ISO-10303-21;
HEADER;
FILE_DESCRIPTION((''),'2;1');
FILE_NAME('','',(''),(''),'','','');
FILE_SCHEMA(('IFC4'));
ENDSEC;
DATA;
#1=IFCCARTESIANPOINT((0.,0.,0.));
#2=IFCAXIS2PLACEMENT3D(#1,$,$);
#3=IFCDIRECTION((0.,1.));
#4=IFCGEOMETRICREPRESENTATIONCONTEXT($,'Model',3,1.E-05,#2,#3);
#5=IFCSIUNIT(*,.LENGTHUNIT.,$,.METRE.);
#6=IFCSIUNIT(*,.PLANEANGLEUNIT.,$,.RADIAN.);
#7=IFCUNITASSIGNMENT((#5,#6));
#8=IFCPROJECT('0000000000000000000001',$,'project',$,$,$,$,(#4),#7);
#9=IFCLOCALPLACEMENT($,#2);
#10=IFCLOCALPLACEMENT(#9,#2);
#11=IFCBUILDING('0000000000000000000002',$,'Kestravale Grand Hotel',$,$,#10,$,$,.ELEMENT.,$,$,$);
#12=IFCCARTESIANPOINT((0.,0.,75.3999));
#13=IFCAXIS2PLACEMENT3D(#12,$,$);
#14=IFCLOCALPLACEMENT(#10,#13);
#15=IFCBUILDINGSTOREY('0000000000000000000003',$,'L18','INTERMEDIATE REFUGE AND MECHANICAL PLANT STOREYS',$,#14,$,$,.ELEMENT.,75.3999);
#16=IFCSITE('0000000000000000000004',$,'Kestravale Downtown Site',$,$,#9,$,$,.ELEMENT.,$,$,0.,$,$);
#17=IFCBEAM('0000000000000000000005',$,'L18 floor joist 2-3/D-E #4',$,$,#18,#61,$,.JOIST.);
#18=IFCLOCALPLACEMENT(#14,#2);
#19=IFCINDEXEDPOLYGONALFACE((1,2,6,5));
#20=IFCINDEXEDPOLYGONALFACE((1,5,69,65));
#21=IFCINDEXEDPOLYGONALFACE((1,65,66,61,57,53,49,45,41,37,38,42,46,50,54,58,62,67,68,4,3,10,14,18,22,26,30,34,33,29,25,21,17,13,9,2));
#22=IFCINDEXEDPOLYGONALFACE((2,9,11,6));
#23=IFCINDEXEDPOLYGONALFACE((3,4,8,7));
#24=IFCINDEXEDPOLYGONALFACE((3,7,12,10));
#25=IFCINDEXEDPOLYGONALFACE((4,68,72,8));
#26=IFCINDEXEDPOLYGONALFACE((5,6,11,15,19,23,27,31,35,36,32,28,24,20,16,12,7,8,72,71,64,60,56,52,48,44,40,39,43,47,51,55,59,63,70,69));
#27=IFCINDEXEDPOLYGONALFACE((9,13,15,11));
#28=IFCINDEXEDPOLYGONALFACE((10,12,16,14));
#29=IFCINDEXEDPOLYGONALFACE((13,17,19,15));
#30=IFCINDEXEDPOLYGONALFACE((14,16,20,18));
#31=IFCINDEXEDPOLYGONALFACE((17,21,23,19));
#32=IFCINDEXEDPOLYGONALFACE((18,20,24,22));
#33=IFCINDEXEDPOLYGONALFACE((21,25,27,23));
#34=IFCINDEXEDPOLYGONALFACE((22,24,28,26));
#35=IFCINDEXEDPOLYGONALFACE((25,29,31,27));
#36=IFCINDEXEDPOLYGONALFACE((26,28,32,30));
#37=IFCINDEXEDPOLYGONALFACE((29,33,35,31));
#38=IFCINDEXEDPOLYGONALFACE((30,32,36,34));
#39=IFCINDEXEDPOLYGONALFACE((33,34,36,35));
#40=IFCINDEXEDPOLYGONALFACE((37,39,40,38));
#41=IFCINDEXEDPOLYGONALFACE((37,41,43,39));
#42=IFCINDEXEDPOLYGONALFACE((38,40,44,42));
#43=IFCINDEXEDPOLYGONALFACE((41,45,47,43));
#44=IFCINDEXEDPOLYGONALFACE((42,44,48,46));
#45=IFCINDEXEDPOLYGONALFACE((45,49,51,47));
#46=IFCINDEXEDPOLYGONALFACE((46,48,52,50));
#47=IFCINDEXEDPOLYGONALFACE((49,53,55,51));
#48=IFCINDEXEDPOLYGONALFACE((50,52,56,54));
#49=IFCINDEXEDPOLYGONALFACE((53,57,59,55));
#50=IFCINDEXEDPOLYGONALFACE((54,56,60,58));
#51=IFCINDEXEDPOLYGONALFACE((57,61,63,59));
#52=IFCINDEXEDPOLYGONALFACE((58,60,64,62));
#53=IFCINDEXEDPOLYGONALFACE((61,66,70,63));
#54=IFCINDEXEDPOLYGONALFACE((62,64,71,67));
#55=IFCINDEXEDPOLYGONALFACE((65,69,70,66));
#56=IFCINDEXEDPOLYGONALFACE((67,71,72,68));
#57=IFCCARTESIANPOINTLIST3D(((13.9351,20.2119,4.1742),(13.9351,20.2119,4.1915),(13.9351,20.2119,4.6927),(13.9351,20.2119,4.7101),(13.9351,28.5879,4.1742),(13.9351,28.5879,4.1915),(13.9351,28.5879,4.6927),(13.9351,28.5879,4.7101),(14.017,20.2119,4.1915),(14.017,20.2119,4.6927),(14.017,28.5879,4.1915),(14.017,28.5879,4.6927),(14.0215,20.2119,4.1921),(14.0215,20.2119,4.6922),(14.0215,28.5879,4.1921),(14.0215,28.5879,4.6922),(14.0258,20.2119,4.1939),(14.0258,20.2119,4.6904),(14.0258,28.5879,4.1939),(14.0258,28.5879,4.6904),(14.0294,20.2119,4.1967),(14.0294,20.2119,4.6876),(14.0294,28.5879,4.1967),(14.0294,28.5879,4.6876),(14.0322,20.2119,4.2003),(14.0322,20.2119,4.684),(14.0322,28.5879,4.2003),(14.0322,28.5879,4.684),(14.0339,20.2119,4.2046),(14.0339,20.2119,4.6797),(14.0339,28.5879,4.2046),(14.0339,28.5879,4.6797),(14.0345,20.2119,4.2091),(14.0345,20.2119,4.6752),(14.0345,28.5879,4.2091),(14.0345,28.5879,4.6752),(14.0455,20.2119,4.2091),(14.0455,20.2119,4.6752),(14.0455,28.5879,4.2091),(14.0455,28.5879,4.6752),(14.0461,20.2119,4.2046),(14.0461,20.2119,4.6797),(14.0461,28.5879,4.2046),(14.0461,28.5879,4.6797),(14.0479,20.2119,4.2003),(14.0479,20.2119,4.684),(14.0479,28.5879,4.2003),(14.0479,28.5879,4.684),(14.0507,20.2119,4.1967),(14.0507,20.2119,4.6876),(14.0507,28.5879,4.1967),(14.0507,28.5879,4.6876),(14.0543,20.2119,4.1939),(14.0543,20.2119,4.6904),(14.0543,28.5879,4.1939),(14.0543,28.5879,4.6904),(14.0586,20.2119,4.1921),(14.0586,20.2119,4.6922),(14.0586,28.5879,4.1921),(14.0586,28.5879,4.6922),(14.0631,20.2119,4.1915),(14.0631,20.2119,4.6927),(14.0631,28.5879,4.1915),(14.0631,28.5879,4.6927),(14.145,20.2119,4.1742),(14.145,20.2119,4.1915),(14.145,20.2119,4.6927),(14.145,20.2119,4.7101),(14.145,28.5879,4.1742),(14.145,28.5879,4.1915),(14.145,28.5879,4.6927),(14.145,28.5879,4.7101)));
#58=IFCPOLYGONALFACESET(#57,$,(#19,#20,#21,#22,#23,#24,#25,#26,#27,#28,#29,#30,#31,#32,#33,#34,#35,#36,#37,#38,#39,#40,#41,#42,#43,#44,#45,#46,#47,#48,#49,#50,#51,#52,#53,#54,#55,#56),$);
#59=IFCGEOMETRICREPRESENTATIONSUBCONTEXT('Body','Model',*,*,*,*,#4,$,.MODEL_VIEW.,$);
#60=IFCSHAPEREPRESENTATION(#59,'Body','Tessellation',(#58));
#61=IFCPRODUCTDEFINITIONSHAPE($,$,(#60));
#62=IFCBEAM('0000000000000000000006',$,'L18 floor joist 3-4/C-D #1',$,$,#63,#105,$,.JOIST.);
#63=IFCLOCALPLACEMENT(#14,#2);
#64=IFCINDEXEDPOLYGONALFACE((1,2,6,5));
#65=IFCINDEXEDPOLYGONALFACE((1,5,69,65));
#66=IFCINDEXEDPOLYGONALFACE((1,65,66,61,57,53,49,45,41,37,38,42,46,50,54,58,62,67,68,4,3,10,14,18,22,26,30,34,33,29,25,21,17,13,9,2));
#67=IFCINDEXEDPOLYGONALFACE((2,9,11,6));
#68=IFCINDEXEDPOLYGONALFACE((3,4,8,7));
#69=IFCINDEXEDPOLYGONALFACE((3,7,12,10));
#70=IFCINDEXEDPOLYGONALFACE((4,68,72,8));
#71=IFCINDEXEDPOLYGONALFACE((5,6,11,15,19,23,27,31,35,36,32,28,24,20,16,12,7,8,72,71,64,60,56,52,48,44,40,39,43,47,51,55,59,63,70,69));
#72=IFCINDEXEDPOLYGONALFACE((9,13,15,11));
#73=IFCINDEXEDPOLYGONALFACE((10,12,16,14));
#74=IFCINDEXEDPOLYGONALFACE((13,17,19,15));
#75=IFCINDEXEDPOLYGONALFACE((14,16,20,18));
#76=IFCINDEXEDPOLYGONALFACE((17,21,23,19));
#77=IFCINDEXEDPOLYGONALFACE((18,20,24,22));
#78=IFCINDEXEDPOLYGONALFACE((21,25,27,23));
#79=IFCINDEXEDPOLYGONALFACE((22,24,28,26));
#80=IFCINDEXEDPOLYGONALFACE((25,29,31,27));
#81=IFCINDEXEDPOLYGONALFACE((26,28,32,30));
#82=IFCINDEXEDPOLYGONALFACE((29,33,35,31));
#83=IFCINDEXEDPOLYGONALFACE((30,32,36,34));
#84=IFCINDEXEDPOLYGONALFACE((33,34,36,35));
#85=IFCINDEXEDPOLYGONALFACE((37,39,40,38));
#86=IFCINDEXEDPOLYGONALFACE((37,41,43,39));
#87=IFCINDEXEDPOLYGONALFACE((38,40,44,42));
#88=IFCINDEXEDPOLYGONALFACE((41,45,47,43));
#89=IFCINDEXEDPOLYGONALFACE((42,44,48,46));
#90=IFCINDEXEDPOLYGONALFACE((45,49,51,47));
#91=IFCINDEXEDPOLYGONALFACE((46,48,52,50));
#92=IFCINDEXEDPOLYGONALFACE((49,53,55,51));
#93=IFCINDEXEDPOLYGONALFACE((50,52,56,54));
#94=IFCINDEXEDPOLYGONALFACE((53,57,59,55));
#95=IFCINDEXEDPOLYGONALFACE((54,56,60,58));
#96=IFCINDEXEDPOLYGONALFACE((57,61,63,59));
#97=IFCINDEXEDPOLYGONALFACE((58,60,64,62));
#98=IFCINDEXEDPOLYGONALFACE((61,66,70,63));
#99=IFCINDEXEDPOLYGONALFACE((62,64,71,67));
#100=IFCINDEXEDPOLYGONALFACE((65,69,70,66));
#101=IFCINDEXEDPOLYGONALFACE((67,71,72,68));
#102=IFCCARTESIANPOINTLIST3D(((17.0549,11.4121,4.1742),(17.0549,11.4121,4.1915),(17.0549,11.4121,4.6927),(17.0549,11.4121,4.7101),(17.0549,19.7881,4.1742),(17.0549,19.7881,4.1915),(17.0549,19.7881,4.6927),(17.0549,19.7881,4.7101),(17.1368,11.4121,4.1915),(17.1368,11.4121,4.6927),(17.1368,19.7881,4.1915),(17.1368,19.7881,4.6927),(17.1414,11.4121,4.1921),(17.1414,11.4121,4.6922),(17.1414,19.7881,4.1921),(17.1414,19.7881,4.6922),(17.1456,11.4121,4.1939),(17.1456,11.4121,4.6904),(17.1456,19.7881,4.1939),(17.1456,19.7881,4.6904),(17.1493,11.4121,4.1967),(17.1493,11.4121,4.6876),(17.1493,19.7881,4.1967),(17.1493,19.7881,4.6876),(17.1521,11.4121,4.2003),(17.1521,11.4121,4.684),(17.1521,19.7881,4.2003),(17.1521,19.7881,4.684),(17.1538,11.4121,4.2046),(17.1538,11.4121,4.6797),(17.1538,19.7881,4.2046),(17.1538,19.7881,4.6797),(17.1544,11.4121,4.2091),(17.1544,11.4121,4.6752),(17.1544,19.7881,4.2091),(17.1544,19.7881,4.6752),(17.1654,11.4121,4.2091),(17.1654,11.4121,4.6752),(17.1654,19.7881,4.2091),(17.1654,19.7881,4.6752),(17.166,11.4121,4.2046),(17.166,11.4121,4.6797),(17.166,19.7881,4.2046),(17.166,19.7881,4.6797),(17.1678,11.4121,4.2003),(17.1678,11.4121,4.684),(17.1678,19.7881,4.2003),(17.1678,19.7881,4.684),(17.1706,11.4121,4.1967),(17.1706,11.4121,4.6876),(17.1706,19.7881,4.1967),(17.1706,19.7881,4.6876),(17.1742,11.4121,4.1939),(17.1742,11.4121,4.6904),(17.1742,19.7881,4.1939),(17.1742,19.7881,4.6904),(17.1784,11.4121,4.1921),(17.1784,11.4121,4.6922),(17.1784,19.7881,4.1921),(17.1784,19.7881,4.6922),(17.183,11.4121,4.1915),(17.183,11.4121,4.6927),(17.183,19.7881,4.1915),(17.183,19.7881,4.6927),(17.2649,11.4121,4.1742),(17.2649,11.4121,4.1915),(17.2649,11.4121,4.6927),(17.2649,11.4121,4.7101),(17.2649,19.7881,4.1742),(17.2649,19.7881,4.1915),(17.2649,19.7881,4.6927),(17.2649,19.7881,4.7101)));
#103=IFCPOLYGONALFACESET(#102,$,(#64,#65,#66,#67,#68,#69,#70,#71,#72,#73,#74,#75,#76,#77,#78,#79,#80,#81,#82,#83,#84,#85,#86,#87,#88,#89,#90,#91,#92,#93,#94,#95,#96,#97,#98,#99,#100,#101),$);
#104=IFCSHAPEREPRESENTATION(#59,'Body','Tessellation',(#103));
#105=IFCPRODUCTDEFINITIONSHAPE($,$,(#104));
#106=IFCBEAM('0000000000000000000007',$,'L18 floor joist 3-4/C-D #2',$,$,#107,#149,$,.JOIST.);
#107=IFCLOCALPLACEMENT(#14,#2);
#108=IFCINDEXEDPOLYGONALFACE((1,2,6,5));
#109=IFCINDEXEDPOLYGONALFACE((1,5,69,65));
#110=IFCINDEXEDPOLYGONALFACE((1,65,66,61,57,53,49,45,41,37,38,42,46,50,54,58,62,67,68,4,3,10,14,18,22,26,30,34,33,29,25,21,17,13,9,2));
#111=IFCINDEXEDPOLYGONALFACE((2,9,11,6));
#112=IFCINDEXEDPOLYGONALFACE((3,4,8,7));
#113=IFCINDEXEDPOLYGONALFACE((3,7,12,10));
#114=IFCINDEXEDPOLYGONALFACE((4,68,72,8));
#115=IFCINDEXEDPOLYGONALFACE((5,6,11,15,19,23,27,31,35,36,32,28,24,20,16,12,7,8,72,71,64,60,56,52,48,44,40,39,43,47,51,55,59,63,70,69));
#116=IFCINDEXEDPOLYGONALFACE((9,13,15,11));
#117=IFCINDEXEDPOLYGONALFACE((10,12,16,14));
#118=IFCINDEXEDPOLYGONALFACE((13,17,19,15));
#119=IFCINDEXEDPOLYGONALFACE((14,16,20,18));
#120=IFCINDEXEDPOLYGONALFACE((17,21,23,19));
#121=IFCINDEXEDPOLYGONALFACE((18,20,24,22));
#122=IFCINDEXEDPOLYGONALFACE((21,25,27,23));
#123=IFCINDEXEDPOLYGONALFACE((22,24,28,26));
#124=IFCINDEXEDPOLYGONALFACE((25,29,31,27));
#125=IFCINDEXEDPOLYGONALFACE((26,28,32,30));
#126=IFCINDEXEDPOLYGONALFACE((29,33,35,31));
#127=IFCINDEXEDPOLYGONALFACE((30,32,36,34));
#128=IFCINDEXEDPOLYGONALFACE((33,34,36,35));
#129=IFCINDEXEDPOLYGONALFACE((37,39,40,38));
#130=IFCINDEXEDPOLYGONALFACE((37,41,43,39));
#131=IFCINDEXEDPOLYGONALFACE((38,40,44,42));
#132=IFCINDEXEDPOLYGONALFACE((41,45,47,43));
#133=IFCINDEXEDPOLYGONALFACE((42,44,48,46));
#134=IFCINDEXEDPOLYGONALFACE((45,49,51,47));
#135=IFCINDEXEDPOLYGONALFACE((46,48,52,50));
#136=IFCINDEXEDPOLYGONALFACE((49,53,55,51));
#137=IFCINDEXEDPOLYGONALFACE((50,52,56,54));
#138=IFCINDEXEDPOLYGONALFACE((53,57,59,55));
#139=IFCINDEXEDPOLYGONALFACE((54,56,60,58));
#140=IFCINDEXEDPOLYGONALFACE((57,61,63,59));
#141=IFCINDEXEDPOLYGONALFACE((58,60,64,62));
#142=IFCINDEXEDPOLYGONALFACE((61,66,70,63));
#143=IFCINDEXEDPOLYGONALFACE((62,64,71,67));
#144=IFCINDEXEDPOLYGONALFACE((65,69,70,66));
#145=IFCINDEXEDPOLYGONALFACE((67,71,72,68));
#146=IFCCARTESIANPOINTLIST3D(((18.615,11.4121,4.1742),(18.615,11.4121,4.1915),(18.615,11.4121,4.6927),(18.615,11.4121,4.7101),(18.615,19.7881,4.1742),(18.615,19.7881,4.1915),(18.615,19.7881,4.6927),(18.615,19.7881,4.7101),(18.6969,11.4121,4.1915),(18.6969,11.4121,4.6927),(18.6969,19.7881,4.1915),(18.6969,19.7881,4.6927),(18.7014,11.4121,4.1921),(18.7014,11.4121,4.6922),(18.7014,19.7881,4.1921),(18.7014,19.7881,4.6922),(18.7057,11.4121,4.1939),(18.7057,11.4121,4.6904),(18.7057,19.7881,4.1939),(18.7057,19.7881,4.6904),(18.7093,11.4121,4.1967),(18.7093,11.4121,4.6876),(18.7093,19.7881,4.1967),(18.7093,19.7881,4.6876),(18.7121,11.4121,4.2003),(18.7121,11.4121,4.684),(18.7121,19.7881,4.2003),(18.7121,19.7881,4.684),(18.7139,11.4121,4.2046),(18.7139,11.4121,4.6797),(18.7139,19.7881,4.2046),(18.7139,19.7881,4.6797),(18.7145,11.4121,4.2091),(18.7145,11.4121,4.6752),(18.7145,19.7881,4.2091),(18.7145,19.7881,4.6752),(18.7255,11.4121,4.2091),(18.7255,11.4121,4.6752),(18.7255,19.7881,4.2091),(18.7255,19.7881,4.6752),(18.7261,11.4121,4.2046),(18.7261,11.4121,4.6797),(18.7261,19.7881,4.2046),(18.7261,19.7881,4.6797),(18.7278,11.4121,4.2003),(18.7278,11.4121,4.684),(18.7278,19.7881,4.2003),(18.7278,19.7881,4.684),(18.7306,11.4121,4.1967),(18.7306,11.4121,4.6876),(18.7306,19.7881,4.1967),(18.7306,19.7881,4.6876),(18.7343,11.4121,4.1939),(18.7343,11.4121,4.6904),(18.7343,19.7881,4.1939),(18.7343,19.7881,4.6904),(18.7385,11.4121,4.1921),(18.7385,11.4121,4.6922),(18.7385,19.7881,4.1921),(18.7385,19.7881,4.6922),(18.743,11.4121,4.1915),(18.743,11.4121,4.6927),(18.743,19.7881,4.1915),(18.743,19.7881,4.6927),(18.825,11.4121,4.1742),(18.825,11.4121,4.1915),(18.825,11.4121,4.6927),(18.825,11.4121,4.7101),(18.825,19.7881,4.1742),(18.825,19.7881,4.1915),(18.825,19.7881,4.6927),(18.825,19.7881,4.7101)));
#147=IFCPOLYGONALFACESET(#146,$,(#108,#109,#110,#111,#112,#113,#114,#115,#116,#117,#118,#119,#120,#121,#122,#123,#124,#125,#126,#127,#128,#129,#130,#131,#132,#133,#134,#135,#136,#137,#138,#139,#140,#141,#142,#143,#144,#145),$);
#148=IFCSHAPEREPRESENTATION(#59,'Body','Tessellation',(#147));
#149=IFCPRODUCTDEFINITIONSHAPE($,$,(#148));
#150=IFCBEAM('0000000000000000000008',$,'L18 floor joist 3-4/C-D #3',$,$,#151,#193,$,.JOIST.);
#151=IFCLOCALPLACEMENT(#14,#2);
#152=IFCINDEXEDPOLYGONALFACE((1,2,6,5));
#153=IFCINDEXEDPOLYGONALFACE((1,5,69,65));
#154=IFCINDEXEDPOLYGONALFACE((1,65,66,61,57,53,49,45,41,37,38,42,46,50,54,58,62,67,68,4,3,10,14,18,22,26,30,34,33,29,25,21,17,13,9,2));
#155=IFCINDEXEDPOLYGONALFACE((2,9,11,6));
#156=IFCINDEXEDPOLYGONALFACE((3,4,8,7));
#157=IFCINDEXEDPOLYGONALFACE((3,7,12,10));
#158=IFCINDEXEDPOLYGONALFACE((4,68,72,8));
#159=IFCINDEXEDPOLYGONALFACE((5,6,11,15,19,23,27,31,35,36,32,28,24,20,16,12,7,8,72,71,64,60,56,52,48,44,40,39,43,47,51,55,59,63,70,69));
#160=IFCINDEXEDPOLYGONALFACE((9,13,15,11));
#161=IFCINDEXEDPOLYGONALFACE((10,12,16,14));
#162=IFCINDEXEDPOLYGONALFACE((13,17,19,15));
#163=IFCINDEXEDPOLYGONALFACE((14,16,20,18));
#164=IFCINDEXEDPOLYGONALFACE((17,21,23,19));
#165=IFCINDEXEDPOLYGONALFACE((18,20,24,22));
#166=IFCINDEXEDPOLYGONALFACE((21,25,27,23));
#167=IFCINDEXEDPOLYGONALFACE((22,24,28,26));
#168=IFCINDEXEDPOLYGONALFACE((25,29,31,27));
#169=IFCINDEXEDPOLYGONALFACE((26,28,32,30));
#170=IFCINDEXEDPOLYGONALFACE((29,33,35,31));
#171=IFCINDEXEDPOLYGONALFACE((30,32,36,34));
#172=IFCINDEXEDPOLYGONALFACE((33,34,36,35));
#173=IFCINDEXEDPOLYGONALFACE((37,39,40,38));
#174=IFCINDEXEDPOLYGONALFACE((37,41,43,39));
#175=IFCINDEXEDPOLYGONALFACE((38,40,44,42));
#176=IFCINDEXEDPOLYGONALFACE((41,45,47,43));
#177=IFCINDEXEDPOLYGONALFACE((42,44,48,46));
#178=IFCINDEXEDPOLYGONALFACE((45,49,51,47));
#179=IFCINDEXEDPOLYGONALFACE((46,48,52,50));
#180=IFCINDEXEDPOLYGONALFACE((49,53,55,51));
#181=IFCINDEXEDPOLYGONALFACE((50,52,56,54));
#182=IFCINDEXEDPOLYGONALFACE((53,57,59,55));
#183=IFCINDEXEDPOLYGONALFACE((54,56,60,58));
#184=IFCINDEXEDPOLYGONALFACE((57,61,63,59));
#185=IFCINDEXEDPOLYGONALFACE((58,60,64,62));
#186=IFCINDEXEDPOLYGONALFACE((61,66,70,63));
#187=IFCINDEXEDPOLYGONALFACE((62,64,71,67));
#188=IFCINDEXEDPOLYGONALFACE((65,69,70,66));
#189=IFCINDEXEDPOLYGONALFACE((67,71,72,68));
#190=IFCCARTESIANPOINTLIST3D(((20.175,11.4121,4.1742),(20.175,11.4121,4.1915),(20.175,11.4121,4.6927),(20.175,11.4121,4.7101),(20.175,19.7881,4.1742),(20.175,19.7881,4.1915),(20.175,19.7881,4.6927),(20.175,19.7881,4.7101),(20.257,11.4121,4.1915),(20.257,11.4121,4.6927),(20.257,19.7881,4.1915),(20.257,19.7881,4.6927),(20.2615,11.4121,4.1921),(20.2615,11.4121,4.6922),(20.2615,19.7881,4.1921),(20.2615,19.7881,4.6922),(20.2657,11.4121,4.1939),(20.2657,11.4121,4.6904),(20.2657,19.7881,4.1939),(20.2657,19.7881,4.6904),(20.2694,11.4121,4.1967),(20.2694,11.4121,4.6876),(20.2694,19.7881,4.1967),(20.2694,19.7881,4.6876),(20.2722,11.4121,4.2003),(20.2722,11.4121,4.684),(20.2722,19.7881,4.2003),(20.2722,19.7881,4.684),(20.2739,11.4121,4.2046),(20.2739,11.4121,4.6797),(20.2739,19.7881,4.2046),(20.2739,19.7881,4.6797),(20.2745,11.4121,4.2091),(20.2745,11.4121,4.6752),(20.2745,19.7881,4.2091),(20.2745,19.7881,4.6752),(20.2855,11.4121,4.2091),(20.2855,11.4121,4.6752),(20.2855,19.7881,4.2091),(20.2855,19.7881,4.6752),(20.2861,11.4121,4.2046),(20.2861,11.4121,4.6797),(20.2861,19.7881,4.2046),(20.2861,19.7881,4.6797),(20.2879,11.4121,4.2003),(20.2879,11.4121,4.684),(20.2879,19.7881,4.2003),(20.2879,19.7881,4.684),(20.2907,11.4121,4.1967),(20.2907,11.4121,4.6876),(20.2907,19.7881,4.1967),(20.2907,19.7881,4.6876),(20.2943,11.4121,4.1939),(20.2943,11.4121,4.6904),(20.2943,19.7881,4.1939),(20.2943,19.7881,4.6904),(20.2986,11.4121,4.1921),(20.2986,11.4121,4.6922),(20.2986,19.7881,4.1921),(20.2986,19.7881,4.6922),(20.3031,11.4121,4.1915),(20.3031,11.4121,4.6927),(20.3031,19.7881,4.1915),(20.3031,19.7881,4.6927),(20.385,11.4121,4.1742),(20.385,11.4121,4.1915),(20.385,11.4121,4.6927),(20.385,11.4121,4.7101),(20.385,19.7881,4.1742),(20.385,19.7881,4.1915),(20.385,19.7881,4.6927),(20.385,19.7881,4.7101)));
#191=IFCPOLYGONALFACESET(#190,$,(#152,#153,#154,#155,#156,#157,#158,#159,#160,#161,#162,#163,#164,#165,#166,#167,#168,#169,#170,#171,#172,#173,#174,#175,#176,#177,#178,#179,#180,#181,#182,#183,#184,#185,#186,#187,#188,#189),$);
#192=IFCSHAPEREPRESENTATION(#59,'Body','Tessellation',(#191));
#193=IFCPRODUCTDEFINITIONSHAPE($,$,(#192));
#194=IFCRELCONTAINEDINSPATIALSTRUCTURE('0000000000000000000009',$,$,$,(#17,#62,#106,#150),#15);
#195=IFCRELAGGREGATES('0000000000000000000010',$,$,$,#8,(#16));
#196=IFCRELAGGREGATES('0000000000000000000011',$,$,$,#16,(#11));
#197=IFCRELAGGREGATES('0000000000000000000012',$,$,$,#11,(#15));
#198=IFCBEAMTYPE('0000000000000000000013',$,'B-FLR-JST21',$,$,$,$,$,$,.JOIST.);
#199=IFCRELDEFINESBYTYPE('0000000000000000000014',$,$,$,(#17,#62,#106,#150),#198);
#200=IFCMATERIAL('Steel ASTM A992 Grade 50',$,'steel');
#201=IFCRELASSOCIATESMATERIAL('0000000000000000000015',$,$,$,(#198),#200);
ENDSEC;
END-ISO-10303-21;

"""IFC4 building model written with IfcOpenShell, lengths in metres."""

from ifc_helpers import new_model, si_unit, direction, frame, origin, origin_2d, place, context, subcontext, project, spatial, i_section, extrude, material, material_profile, profile_set, type_object, element, save


model = new_model("IFC4")

# Units and contexts
model_context = context("Model", 3, precision=1e-05, world=origin(), true_north=direction((0.0, 1.0)))
body_context = subcontext(model_context, "Body", "Model", "MODEL_VIEW")
ifc_project = project(units=[si_unit("LENGTHUNIT", "METRE"), si_unit("PLANEANGLEUNIT", "RADIAN")], contexts=[model_context])

# Site, building, storey
site_placement = place(None, origin())
site = spatial("IfcSite", under=ifc_project, at=site_placement, Name="Kestravale Downtown Site", CompositionType="ELEMENT", RefElevation=0.0)
building_placement = place(site_placement, origin())
building = spatial("IfcBuilding", under=site, at=building_placement, Name="Kestravale Grand Hotel", CompositionType="ELEMENT")
storey_placement = place(building_placement, frame((0.0, 0.0, 75.3999)))
storey = spatial("IfcBuildingStorey", under=building, at=storey_placement, Name="L18", Description="INTERMEDIATE REFUGE AND MECHANICAL PLANT STOREYS", CompositionType="ELEMENT", Elevation=75.3999)

# Beams
ifc_material_1 = material(Name="Steel ASTM A992 Grade 50", Category="steel")
ifc_material_profile_1 = material_profile(ifc_material_1, i_section(OverallWidth=0.21, OverallDepth=0.5359, WebThickness=0.011, FlangeThickness=0.0173, FilletRadius=0.0176, at=origin_2d()))
ifc_profile_set_1 = profile_set([ifc_material_profile_1], Name="Steel ASTM A992 Grade 50")
beam_type_1 = type_object("IfcBeamType", Name="B-FLR-JST21", PredefinedType="JOIST", material=ifc_profile_set_1)
for number, where, z_axis, x_axis, name in (
    (1, (14.04, 20.2119, 4.4421), (0.0, 1.0, 0.0), (-1.0, 0.0, 0.0), "L18 floor joist 2-3/D-E #4"),
    (2, (17.1599, 11.4121, 4.4421), (0.0, 1.0, 0.0), (-1.0, 0.0, 0.0), "L18 floor joist 3-4/C-D #1"),
    (3, (18.72, 11.4121, 4.4421), (0.0, 1.0, 0.0), (-1.0, 0.0, 0.0), "L18 floor joist 3-4/C-D #2"),
    (4, (20.28, 11.4121, 4.4421), (0.0, 1.0, 0.0), (-1.0, 0.0, 0.0), "L18 floor joist 3-4/C-D #3"),
):
    element("IfcBeam", number, at=place(storey_placement, frame(where, z_axis=z_axis, x_axis=x_axis)), inside=storey, type_object=beam_type_1, Name=name, PredefinedType="JOIST", context=body_context, shape_type="SweptSolid", body=[
        extrude(i_section(OverallWidth=0.21, OverallDepth=0.5359, WebThickness=0.011, FlangeThickness=0.0173, FilletRadius=0.0176, at=origin_2d()), origin(), (0.0, 0.0, 1.0), 8.376),
    ])

save(model, "model.ifc")
